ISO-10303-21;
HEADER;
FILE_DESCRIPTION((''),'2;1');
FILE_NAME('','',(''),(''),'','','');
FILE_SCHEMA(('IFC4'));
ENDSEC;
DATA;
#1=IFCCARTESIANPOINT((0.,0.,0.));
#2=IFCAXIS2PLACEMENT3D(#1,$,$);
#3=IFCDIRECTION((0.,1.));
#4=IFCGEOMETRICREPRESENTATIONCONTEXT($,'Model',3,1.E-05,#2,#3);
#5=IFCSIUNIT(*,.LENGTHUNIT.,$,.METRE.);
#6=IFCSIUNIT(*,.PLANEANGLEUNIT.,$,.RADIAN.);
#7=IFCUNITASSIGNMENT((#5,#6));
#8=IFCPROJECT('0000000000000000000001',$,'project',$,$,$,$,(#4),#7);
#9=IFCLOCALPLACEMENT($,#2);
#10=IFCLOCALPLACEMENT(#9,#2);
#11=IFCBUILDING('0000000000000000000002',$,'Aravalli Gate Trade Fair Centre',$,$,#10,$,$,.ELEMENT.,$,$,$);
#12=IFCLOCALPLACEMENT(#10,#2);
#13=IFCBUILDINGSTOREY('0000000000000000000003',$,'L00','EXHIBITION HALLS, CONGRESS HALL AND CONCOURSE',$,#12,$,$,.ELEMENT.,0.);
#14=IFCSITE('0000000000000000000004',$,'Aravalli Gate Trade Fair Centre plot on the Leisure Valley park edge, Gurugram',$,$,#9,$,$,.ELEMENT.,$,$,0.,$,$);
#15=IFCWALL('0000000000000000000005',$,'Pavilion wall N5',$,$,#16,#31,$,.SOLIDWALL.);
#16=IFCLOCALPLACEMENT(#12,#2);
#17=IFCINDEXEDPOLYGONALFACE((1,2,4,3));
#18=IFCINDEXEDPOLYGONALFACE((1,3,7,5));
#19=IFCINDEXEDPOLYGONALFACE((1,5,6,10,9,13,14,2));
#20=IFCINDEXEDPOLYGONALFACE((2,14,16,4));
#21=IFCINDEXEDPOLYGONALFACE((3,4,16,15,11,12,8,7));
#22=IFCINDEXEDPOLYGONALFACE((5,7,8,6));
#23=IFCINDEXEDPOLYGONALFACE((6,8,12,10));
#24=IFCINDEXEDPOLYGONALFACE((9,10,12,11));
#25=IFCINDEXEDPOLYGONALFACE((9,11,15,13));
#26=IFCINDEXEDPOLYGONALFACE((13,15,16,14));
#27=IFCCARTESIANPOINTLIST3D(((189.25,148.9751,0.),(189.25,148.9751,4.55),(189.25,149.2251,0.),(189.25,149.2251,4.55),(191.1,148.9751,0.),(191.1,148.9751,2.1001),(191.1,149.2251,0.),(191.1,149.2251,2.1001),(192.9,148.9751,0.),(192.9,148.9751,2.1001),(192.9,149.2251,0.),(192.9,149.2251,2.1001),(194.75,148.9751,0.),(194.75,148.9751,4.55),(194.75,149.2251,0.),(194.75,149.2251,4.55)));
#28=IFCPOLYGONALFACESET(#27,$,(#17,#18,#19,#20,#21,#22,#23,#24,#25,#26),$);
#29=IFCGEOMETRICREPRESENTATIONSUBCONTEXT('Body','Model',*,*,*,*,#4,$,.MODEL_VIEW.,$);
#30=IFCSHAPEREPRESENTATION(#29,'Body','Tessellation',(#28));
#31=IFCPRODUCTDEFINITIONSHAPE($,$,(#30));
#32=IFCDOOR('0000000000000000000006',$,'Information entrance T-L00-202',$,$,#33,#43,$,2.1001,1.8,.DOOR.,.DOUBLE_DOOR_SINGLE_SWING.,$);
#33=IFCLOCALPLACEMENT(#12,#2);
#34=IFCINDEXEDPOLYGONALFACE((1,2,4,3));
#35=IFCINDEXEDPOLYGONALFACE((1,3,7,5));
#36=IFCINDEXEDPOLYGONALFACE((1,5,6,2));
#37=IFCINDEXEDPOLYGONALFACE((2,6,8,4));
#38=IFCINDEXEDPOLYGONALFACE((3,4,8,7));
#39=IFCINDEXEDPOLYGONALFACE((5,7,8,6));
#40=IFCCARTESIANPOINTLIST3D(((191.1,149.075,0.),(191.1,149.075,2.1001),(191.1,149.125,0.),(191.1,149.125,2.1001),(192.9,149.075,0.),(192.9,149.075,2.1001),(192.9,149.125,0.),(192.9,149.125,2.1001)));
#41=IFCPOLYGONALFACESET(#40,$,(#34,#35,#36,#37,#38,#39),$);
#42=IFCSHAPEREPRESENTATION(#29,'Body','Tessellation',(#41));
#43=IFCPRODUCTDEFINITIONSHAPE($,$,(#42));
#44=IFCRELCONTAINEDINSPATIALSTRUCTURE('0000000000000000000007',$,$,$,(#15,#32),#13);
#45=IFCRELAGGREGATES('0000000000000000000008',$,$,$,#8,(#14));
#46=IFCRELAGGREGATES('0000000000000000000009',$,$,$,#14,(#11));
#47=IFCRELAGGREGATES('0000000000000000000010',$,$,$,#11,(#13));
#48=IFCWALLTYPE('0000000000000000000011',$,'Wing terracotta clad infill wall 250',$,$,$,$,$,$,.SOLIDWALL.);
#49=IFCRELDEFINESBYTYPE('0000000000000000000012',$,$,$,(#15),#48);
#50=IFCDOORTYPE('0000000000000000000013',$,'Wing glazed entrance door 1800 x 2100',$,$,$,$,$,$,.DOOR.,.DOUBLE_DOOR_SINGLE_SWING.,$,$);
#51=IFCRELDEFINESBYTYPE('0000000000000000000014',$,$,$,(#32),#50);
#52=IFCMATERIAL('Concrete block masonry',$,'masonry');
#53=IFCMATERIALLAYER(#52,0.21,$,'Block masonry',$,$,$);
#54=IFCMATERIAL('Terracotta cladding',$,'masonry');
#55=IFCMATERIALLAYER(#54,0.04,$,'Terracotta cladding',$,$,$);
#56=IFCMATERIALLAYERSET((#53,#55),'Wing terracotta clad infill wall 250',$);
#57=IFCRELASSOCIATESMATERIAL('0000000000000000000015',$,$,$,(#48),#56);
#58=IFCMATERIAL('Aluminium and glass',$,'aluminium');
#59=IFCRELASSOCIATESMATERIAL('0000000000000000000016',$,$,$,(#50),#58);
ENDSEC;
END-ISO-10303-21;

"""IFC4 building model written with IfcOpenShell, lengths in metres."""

from ifc_helpers import new_model, si_unit, direction, frame, frame_2d, origin, place, context, subcontext, project, spatial, rectangle, extrude, material, layer, layer_set, type_object, element, fill, save


model = new_model("IFC4")

# Units and contexts
model_context = context("Model", 3, precision=1e-05, world=origin(), true_north=direction((0.0, 1.0)))
body_context = subcontext(model_context, "Body", "Model", "MODEL_VIEW")
ifc_project = project(units=[si_unit("LENGTHUNIT", "METRE"), si_unit("PLANEANGLEUNIT", "RADIAN")], contexts=[model_context])

# Site, building, storey
site_placement = place(None, origin())
site = spatial("IfcSite", under=ifc_project, at=site_placement, Name="Aravalli Gate Trade Fair Centre plot on the Leisure Valley park edge, Gurugram", CompositionType="ELEMENT", RefElevation=0.0)
building_placement = place(site_placement, origin())
building = spatial("IfcBuilding", under=site, at=building_placement, Name="Aravalli Gate Trade Fair Centre", CompositionType="ELEMENT")
storey_placement = place(building_placement, origin())
storey = spatial("IfcBuildingStorey", under=building, at=storey_placement, Name="L00", Description="EXHIBITION HALLS, CONGRESS HALL AND CONCOURSE", CompositionType="ELEMENT", Elevation=0.0)

# Wall, opening, door
ifc_material_1 = material(Name="Concrete block masonry", Category="masonry")
ifc_layer_1 = layer(ifc_material_1, 0.21, Name="Block masonry")
ifc_material_2 = material(Name="Terracotta cladding", Category="masonry")
ifc_layer_2 = layer(ifc_material_2, 0.04, Name="Terracotta cladding")
ifc_layer_set_1 = layer_set([ifc_layer_1, ifc_layer_2], Name="Wing terracotta clad infill wall 250")
wall_type_1 = type_object("IfcWallType", Name="Wing terracotta clad infill wall 250", PredefinedType="SOLIDWALL", material=ifc_layer_set_1)
wall_1_placement = place(storey_placement, frame((189.25, 149.1001, 0.0), z_axis=(0.0, 0.0, 1.0), x_axis=(1.0, 0.0, 0.0)))
wall_1 = element("IfcWall", 1, at=wall_1_placement, inside=storey, type_object=wall_type_1, Name="Pavilion wall N5", PredefinedType="SOLIDWALL", context=body_context, shape_type="SweptSolid", body=[
    extrude(rectangle(XDim=5.5, YDim=0.25, at=frame_2d((2.75, 0.0))), origin(), (0.0, 0.0, 1.0), 4.55),
])
opening_1_placement = place(wall_1_placement, frame((1.8501, 0.0, 0.0)))
opening_1 = element("IfcOpeningElement", 2, at=opening_1_placement, cuts=wall_1, PredefinedType="OPENING", context=body_context, shape_type="SweptSolid", body=[
    extrude(rectangle(XDim=1.8, YDim=2.1001, at=frame_2d((0.8999, 1.05))), frame((0.0, 0.135, 0.0), z_axis=(0.0, -1.0, 0.0), x_axis=(1.0, 0.0, 0.0)), (0.0, 0.0, 1.0), 0.27),
])
ifc_material_3 = material(Name="Aluminium and glass", Category="aluminium")
door_type_1 = type_object("IfcDoorType", Name="Wing glazed entrance door 1800 x 2100", OperationType="DOUBLE_DOOR_SINGLE_SWING", PredefinedType="DOOR", material=ifc_material_3)
door_1_placement = place(opening_1_placement, origin())
door_1 = element("IfcDoor", 3, at=door_1_placement, inside=storey, type_object=door_type_1, Name="Information entrance T-L00-202", OperationType="DOUBLE_DOOR_SINGLE_SWING", OverallHeight=2.1001, OverallWidth=1.8, PredefinedType="DOOR", context=body_context, shape_type="SweptSolid", body=[
    extrude(rectangle(XDim=1.8, YDim=2.1001, at=frame_2d((0.8999, 1.05))), frame((0.0, 0.0249, 0.0), z_axis=(0.0, -1.0, 0.0), x_axis=(1.0, 0.0, 0.0)), (0.0, 0.0, 1.0), 0.05),
])
fill(opening_1, door_1)

save(model, "model.ifc")
